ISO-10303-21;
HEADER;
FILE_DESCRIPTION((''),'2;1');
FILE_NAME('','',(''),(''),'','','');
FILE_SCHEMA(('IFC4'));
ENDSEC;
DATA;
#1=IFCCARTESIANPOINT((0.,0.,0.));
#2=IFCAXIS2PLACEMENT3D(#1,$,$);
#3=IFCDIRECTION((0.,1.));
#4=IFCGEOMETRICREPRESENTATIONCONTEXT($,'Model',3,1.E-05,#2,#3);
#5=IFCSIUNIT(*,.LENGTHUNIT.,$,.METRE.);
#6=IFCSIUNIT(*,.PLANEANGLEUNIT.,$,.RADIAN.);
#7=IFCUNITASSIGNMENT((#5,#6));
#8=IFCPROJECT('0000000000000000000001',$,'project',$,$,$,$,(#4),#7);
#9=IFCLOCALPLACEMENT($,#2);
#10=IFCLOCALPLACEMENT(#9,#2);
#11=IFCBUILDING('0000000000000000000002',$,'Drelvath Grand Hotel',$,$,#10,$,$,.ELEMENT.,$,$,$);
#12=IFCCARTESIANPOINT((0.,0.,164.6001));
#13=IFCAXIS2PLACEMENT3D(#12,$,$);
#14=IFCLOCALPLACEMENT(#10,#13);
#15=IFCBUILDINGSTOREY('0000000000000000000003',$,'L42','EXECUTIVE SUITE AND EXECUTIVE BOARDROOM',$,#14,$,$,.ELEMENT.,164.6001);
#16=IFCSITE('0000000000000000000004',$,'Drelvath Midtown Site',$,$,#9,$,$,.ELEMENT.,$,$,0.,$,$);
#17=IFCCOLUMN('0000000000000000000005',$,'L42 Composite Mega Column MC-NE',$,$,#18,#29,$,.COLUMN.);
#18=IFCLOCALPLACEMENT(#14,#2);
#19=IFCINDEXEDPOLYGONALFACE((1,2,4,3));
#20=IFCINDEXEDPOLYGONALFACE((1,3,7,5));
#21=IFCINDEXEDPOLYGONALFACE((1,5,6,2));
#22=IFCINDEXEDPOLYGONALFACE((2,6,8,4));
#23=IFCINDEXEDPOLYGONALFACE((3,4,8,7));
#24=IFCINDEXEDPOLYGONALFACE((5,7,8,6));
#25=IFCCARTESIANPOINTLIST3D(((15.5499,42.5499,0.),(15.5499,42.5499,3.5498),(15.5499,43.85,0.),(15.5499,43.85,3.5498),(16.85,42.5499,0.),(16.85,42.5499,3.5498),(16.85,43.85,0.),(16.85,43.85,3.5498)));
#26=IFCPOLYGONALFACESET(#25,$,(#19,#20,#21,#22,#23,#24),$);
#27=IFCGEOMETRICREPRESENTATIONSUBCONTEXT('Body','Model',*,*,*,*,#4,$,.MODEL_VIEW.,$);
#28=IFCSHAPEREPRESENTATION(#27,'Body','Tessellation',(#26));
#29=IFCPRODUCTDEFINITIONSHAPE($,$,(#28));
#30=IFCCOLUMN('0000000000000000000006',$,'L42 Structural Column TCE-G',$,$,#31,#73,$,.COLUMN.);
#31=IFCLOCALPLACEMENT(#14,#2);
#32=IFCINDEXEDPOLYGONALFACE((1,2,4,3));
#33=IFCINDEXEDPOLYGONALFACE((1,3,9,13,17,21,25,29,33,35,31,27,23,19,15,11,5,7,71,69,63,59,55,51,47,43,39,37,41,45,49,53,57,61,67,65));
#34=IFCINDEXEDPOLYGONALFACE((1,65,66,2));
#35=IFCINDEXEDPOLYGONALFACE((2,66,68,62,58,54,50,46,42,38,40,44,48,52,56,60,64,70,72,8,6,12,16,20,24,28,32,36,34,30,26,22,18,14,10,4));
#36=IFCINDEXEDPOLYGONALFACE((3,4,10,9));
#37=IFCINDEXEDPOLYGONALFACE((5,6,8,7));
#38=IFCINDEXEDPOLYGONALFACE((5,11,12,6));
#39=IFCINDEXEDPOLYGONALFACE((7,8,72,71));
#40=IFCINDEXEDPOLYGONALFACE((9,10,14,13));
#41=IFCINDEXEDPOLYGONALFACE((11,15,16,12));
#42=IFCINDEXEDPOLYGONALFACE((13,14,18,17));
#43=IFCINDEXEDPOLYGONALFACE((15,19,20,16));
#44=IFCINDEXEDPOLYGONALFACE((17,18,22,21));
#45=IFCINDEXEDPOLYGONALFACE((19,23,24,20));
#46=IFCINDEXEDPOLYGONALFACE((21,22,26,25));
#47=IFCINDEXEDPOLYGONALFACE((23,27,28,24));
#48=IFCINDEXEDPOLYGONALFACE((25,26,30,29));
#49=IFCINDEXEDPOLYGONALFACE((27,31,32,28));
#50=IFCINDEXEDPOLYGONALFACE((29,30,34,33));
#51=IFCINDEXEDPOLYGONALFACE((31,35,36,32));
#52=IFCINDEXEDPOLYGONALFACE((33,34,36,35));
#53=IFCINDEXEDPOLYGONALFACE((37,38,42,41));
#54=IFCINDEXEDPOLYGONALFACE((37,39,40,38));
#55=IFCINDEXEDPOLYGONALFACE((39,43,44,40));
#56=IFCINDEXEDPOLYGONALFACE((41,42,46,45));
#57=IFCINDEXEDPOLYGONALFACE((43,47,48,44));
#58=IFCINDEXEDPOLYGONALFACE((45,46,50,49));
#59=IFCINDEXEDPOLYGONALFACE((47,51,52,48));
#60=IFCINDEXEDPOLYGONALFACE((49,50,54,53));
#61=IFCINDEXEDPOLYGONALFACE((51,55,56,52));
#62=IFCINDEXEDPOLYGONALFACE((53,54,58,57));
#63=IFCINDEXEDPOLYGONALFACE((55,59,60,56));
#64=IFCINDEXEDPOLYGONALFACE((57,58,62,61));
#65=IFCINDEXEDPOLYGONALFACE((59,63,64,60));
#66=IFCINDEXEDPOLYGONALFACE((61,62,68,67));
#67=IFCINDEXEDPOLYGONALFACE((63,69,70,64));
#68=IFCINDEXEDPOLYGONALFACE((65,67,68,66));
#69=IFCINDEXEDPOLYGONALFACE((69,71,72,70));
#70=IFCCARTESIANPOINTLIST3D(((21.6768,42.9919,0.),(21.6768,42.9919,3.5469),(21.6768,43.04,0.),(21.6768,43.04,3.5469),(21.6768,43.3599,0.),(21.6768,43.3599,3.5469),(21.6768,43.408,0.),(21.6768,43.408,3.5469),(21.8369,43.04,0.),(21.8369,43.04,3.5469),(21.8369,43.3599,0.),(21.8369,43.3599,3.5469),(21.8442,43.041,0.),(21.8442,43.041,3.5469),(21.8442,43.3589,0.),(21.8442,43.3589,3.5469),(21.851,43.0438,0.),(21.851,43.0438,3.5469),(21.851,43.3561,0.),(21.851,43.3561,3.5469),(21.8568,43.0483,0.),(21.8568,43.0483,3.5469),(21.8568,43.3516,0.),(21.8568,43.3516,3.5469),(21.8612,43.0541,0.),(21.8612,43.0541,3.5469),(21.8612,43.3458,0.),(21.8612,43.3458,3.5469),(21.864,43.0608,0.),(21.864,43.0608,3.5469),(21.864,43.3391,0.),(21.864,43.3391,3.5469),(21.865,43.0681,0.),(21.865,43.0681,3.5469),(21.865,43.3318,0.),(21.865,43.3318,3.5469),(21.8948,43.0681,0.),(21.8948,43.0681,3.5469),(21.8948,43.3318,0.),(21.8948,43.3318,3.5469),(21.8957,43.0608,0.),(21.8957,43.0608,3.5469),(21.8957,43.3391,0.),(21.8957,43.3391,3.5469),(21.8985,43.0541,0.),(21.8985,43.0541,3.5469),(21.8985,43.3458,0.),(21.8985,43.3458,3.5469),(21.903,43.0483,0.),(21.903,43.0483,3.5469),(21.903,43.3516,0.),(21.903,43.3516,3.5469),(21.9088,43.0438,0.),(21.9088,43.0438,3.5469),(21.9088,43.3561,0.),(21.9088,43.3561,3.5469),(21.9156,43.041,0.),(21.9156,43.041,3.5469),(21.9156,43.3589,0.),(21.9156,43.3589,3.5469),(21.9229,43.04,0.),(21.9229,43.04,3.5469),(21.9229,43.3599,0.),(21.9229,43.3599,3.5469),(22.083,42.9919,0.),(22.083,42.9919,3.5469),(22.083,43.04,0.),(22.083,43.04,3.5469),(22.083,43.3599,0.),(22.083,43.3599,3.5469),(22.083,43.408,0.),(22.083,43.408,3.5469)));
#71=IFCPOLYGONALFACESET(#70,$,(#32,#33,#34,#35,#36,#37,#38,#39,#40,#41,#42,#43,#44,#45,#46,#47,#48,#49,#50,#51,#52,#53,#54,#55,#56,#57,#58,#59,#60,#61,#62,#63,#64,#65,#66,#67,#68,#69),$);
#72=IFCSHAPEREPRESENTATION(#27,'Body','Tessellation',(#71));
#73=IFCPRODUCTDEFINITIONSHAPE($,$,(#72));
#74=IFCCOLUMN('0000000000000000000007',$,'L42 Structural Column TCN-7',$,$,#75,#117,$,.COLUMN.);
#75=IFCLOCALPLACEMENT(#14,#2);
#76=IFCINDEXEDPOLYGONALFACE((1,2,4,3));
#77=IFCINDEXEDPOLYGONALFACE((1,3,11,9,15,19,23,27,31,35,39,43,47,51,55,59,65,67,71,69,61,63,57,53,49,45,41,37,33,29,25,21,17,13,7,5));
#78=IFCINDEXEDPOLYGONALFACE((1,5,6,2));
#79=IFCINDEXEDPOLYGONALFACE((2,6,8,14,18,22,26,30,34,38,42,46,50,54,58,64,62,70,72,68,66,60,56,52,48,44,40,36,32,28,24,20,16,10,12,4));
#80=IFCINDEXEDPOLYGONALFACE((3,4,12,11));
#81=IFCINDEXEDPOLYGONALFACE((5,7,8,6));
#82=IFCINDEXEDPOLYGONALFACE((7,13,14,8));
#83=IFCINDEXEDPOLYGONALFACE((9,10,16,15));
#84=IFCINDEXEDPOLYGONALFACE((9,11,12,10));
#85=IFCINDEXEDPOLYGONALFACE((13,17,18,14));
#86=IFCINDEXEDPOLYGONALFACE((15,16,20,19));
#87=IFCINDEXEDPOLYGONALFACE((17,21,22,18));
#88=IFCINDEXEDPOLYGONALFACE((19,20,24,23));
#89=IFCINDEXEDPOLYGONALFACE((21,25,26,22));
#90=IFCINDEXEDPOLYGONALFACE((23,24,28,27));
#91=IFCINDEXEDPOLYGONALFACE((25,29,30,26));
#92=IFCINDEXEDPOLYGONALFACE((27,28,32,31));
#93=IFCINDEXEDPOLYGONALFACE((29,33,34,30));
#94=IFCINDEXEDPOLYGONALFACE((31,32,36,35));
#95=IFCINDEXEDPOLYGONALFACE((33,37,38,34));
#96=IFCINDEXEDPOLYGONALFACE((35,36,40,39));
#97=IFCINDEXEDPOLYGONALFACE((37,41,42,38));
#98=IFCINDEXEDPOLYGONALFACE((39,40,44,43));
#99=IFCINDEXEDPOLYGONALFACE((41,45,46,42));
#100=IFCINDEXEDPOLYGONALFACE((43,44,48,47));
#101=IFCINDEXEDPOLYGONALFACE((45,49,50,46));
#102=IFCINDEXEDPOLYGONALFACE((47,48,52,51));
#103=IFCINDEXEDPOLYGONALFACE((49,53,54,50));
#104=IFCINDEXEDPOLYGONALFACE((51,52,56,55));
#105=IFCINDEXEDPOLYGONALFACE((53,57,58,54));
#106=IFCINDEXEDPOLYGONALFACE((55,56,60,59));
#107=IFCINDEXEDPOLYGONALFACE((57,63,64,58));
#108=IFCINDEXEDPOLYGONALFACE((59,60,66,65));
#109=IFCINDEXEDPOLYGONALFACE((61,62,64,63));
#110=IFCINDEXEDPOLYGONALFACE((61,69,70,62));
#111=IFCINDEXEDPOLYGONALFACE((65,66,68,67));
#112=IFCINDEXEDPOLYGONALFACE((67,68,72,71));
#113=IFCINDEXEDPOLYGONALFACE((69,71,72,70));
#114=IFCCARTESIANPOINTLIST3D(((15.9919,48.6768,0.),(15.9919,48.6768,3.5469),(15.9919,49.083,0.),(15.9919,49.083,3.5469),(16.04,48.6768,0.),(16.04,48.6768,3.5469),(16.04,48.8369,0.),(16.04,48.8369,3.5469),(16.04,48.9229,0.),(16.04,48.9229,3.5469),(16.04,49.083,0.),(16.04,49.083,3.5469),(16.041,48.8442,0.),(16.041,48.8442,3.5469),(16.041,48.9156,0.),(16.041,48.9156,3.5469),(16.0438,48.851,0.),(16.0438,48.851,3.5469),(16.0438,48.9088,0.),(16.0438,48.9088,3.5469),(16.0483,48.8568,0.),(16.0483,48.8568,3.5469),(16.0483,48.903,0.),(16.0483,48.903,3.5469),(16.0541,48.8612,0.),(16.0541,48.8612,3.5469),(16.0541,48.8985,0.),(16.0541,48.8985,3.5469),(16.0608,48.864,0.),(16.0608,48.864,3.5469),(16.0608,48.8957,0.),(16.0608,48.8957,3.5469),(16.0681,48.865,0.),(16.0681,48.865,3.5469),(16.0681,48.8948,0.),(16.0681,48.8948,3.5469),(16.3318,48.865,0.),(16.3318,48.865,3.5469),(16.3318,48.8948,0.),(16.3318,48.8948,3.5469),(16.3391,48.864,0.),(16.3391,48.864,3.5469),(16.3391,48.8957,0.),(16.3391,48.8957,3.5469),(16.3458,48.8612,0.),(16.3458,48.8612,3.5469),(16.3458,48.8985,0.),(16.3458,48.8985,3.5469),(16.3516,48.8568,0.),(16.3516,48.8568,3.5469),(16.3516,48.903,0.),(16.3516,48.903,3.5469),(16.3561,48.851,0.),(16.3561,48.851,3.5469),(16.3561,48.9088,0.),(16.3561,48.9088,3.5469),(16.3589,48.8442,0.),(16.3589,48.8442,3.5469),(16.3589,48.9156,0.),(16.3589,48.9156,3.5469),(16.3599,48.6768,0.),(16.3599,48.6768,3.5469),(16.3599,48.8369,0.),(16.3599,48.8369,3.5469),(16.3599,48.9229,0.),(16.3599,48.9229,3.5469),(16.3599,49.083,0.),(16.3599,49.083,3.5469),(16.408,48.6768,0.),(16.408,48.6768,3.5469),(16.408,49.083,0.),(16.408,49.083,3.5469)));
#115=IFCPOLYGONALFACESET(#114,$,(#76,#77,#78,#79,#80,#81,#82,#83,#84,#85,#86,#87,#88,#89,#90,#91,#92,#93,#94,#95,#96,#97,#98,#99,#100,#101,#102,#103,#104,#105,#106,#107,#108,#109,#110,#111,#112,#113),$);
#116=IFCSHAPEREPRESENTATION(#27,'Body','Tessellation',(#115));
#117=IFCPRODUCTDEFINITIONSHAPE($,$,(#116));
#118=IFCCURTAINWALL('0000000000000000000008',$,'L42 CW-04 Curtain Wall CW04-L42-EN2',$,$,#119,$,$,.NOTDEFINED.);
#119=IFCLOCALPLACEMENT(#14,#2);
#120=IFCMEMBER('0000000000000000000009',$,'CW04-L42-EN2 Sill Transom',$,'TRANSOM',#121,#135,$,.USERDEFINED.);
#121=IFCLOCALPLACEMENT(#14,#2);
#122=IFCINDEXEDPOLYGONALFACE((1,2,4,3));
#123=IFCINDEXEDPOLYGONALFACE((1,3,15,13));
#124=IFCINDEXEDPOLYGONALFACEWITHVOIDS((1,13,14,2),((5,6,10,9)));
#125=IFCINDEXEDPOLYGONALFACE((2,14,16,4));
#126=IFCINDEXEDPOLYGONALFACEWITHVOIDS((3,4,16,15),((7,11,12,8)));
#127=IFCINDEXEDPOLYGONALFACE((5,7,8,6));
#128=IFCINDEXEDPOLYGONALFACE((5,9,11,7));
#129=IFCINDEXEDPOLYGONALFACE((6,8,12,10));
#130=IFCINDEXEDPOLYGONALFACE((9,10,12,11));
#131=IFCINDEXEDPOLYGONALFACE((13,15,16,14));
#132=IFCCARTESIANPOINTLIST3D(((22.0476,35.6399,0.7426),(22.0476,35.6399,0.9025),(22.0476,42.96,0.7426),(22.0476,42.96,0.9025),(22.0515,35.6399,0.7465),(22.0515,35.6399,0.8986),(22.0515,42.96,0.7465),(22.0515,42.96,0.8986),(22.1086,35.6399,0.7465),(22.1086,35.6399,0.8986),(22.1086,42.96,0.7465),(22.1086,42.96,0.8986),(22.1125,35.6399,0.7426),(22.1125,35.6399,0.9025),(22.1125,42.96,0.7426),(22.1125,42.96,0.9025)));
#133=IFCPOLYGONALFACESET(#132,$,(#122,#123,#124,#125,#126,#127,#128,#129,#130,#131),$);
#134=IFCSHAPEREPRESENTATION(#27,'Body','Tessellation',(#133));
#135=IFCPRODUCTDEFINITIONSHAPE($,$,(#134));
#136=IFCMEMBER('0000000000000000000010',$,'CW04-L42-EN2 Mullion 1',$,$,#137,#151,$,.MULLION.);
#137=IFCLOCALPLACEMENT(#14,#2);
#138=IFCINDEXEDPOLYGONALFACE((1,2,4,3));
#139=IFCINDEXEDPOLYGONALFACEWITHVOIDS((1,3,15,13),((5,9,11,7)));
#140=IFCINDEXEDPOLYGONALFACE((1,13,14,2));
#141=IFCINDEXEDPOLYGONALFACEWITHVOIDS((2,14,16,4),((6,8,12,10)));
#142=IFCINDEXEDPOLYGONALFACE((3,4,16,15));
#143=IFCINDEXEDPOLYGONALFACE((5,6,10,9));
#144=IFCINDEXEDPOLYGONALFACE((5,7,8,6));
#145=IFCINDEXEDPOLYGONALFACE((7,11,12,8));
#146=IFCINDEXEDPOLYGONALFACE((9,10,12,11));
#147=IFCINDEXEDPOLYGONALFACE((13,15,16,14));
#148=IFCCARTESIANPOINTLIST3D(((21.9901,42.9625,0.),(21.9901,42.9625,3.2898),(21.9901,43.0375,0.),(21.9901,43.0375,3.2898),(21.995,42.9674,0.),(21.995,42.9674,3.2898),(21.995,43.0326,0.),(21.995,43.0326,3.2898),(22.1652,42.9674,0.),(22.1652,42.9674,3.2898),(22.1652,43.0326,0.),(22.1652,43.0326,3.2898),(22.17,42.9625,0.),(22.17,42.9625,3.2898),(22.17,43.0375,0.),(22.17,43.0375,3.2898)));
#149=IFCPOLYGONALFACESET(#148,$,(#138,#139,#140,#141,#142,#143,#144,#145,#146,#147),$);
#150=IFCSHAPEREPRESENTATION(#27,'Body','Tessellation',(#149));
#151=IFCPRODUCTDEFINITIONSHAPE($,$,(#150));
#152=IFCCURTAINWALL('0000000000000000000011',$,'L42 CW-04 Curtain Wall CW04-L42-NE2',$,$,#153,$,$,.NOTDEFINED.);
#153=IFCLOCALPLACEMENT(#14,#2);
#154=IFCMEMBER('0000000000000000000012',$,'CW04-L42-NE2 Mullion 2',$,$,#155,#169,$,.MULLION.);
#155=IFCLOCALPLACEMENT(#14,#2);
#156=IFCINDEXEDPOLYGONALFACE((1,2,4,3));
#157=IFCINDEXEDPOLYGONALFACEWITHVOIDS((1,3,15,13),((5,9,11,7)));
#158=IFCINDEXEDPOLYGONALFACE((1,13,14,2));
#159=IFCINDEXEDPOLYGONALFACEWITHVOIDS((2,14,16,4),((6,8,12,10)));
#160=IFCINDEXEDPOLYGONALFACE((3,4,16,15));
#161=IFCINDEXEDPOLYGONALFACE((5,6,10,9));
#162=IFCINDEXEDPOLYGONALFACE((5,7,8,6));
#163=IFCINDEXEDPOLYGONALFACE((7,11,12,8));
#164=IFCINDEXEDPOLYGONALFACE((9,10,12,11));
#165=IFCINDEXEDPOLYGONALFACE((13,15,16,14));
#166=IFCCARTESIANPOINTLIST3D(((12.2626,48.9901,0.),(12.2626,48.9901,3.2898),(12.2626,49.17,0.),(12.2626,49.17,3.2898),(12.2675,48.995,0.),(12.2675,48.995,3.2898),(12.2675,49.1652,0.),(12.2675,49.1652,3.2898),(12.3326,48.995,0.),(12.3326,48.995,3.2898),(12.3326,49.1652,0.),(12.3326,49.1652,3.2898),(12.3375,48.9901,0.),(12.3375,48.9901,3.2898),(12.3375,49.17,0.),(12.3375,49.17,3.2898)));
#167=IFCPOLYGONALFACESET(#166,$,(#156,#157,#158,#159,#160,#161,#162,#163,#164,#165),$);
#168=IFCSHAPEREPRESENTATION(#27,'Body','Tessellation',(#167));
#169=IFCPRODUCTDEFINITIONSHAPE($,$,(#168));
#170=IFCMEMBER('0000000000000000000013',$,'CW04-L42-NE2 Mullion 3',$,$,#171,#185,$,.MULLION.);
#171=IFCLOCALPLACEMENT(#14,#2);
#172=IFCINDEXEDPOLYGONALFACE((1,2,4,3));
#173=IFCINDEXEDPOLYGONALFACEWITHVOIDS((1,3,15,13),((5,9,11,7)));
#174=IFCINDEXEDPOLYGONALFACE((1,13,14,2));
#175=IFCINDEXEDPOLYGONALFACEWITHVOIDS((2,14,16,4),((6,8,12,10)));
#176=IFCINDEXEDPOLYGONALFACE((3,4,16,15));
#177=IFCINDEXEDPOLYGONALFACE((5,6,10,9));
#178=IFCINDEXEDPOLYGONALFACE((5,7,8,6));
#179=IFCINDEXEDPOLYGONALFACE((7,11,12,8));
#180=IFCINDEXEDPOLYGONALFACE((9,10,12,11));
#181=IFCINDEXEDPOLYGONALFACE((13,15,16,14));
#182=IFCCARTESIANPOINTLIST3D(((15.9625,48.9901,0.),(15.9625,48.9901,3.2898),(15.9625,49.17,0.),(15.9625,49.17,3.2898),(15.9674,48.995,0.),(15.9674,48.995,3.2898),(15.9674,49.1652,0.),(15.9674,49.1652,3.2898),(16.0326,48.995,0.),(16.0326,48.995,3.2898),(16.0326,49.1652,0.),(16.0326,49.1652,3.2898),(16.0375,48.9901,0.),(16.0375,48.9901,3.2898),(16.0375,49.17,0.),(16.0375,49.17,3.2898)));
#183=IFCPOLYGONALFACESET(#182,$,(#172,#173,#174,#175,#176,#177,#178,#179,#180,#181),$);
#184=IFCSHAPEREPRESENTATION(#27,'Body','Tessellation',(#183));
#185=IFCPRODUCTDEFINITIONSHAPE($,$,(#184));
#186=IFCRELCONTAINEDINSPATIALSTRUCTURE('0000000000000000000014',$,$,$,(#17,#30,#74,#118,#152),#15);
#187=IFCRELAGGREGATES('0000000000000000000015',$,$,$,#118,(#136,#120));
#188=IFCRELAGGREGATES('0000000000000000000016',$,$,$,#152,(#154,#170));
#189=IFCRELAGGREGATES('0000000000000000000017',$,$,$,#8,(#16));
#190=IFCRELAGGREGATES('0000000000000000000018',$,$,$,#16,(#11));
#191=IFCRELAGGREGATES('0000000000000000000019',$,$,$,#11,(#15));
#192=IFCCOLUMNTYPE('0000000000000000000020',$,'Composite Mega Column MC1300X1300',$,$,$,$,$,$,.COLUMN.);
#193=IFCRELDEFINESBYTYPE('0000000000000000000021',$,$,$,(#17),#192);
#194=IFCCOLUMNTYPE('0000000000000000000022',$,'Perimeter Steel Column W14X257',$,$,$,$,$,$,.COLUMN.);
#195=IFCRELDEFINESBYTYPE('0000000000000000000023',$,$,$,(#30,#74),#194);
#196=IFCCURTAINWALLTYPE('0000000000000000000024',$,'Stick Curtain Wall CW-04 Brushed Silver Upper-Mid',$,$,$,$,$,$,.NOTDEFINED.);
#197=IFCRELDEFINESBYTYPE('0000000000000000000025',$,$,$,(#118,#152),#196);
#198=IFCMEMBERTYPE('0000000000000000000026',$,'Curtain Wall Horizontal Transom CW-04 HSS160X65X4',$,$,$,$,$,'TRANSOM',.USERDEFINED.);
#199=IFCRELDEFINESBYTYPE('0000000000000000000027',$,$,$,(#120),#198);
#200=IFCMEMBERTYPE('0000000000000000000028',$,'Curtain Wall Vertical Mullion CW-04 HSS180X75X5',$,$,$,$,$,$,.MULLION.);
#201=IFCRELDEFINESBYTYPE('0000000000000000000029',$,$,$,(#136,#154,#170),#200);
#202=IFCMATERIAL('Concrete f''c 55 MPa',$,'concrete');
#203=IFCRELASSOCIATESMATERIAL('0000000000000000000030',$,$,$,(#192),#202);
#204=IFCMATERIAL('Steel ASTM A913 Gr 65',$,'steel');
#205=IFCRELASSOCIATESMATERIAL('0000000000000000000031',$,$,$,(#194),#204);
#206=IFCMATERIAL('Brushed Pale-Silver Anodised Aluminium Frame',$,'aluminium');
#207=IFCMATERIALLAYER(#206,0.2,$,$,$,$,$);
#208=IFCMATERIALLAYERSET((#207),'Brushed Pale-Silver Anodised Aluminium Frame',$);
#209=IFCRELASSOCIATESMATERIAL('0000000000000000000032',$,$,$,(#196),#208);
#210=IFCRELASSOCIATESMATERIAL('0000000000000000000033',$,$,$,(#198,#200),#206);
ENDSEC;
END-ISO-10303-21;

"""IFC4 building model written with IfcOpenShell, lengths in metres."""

from ifc_helpers import new_model, si_unit, direction, frame, origin, origin_2d, place, context, subcontext, project, spatial, rectangle, hollow_rectangle, i_section, extrude, material, layer, layer_set, material_profile, profile_set, type_object, element, aggregate, save


model = new_model("IFC4")

# Units and contexts
model_context = context("Model", 3, precision=1e-05, world=origin(), true_north=direction((0.0, 1.0)))
body_context = subcontext(model_context, "Body", "Model", "MODEL_VIEW")
ifc_project = project(units=[si_unit("LENGTHUNIT", "METRE"), si_unit("PLANEANGLEUNIT", "RADIAN")], contexts=[model_context])

# Site, building, storey
site_placement = place(None, origin())
site = spatial("IfcSite", under=ifc_project, at=site_placement, Name="Drelvath Midtown Site", CompositionType="ELEMENT", RefElevation=0.0)
building_placement = place(site_placement, origin())
building = spatial("IfcBuilding", under=site, at=building_placement, Name="Drelvath Grand Hotel", CompositionType="ELEMENT")
storey_placement = place(building_placement, frame((0.0, 0.0, 164.6001)))
storey = spatial("IfcBuildingStorey", under=building, at=storey_placement, Name="L42", Description="EXECUTIVE SUITE AND EXECUTIVE BOARDROOM", CompositionType="ELEMENT", Elevation=164.6001)

# Columns
ifc_material_1 = material(Name="Concrete f'c 55 MPa", Category="concrete")
ifc_material_profile_1 = material_profile(ifc_material_1, rectangle(XDim=1.3, YDim=1.3, at=origin_2d()), Name="MC1300X1300")
ifc_profile_set_1 = profile_set([ifc_material_profile_1], Name="Concrete f'c 55 MPa")
column_type_1 = type_object("IfcColumnType", Name="Composite Mega Column MC1300X1300", PredefinedType="COLUMN", material=ifc_profile_set_1)
column_placement = place(storey_placement, frame((16.2, 43.2, 0.0), z_axis=(0.0, 0.0, 1.0), x_axis=(1.0, 0.0, 0.0)))
element("IfcColumn", 1, at=column_placement, inside=storey, type_object=column_type_1, Name="L42 Composite Mega Column MC-NE", PredefinedType="COLUMN", context=body_context, shape_type="SweptSolid", body=[
    extrude(rectangle(XDim=1.3, YDim=1.3, at=origin_2d()), origin(), (0.0, 0.0, 1.0), 3.5498),
])
ifc_material_2 = material(Name="Steel ASTM A913 Gr 65", Category="steel")
ifc_material_profile_2 = material_profile(ifc_material_2, i_section(OverallWidth=0.4062, OverallDepth=0.416, WebThickness=0.0298, FlangeThickness=0.0481, FilletRadius=0.0281, at=origin_2d()), Name="W14X257")
ifc_profile_set_2 = profile_set([ifc_material_profile_2], Name="Steel ASTM A913 Gr 65")
column_type_2 = type_object("IfcColumnType", Name="Perimeter Steel Column W14X257", PredefinedType="COLUMN", material=ifc_profile_set_2)
for number, where, z_axis, x_axis, name in (
    (2, (21.8799, 43.2, 0.0), (0.0, 0.0, 1.0), (1.0, 0.0, 0.0), "L42 Structural Column TCE-G"),
    (3, (16.2, 48.8799, 0.0), (0.0, 0.0, 1.0), (0.0, 1.0, 0.0), "L42 Structural Column TCN-7"),
):
    element("IfcColumn", number, at=place(storey_placement, frame(where, z_axis=z_axis, x_axis=x_axis)), inside=storey, type_object=column_type_2, Name=name, PredefinedType="COLUMN", context=body_context, shape_type="SweptSolid", body=[
        extrude(i_section(OverallWidth=0.4062, OverallDepth=0.416, WebThickness=0.0298, FlangeThickness=0.0481, FilletRadius=0.0281, at=origin_2d()), origin(), (0.0, 0.0, 1.0), 3.5469),
    ])

# Curtain walls, members
ifc_material_3 = material(Name="Brushed Pale-Silver Anodised Aluminium Frame", Category="aluminium")
ifc_layer_1 = layer(ifc_material_3, 0.2)
ifc_layer_set_1 = layer_set([ifc_layer_1], Name="Brushed Pale-Silver Anodised Aluminium Frame")
curtain_wall_type = type_object("IfcCurtainWallType", Name="Stick Curtain Wall CW-04 Brushed Silver Upper-Mid", PredefinedType="NOTDEFINED", material=ifc_layer_set_1)
curtain_wall_1_placement = place(storey_placement, origin())
curtain_wall_1 = element("IfcCurtainWall", 4, at=curtain_wall_1_placement, inside=storey, type_object=curtain_wall_type, Name="L42 CW-04 Curtain Wall CW04-L42-EN2", PredefinedType="NOTDEFINED")
ifc_material_profile_3 = material_profile(ifc_material_3, hollow_rectangle(XDim=0.0649, YDim=0.1599, WallThickness=0.0039, at=origin_2d()), Name="HSS160X65X4")
ifc_profile_set_3 = profile_set([ifc_material_profile_3], Name="Brushed Pale-Silver Anodised Aluminium Frame")
member_type_1 = type_object("IfcMemberType", Name="Curtain Wall Horizontal Transom CW-04 HSS160X65X4", ElementType="TRANSOM", PredefinedType="USERDEFINED", material=ifc_profile_set_3)
member_1_placement = place(storey_placement, frame((22.0801, 42.96, 0.8225), z_axis=(0.0, -1.0, 0.0), x_axis=(1.0, 0.0, 0.0)))
member_1 = element("IfcMember", 5, at=member_1_placement, type_object=member_type_1, Name="CW04-L42-EN2 Sill Transom", ObjectType="TRANSOM", PredefinedType="USERDEFINED", context=body_context, shape_type="SweptSolid", body=[
    extrude(hollow_rectangle(XDim=0.0649, YDim=0.1599, WallThickness=0.0039, at=origin_2d()), origin(), (0.0, 0.0, 1.0), 7.3201),
])
ifc_material_profile_4 = material_profile(ifc_material_3, hollow_rectangle(XDim=0.075, YDim=0.1799, WallThickness=0.0049, at=origin_2d()), Name="HSS180X75X5")
ifc_profile_set_4 = profile_set([ifc_material_profile_4], Name="Brushed Pale-Silver Anodised Aluminium Frame")
member_type_2 = type_object("IfcMemberType", Name="Curtain Wall Vertical Mullion CW-04 HSS180X75X5", PredefinedType="MULLION", material=ifc_profile_set_4)
member_2_placement = place(storey_placement, frame((22.0801, 43.0, 0.0), z_axis=(0.0, 0.0, 1.0), x_axis=(0.0, 1.0, 0.0)))
member_2 = element("IfcMember", 6, at=member_2_placement, type_object=member_type_2, Name="CW04-L42-EN2 Mullion 1", PredefinedType="MULLION", context=body_context, shape_type="SweptSolid", body=[
    extrude(hollow_rectangle(XDim=0.075, YDim=0.1799, WallThickness=0.0049, at=origin_2d()), origin(), (0.0, 0.0, 1.0), 3.2898),
])
curtain_wall_2_placement = place(storey_placement, origin())
curtain_wall_2 = element("IfcCurtainWall", 7, at=curtain_wall_2_placement, inside=storey, type_object=curtain_wall_type, Name="L42 CW-04 Curtain Wall CW04-L42-NE2", PredefinedType="NOTDEFINED")
member_3_placement = place(storey_placement, frame((12.3, 49.0801, 0.0), z_axis=(0.0, 0.0, 1.0), x_axis=(1.0, 0.0, 0.0)))
member_3 = element("IfcMember", 8, at=member_3_placement, type_object=member_type_2, Name="CW04-L42-NE2 Mullion 2", PredefinedType="MULLION", context=body_context, shape_type="SweptSolid", body=[
    extrude(hollow_rectangle(XDim=0.075, YDim=0.1799, WallThickness=0.0049, at=origin_2d()), origin(), (0.0, 0.0, 1.0), 3.2898),
])
member_4_placement = place(storey_placement, frame((16.0, 49.0801, 0.0), z_axis=(0.0, 0.0, 1.0), x_axis=(1.0, 0.0, 0.0)))
member_4 = element("IfcMember", 9, at=member_4_placement, type_object=member_type_2, Name="CW04-L42-NE2 Mullion 3", PredefinedType="MULLION", context=body_context, shape_type="SweptSolid", body=[
    extrude(hollow_rectangle(XDim=0.075, YDim=0.1799, WallThickness=0.0049, at=origin_2d()), origin(), (0.0, 0.0, 1.0), 3.2898),
])

aggregate(curtain_wall_1, [member_2, member_1])
aggregate(curtain_wall_2, [member_3, member_4])

save(model, "model.ifc")
